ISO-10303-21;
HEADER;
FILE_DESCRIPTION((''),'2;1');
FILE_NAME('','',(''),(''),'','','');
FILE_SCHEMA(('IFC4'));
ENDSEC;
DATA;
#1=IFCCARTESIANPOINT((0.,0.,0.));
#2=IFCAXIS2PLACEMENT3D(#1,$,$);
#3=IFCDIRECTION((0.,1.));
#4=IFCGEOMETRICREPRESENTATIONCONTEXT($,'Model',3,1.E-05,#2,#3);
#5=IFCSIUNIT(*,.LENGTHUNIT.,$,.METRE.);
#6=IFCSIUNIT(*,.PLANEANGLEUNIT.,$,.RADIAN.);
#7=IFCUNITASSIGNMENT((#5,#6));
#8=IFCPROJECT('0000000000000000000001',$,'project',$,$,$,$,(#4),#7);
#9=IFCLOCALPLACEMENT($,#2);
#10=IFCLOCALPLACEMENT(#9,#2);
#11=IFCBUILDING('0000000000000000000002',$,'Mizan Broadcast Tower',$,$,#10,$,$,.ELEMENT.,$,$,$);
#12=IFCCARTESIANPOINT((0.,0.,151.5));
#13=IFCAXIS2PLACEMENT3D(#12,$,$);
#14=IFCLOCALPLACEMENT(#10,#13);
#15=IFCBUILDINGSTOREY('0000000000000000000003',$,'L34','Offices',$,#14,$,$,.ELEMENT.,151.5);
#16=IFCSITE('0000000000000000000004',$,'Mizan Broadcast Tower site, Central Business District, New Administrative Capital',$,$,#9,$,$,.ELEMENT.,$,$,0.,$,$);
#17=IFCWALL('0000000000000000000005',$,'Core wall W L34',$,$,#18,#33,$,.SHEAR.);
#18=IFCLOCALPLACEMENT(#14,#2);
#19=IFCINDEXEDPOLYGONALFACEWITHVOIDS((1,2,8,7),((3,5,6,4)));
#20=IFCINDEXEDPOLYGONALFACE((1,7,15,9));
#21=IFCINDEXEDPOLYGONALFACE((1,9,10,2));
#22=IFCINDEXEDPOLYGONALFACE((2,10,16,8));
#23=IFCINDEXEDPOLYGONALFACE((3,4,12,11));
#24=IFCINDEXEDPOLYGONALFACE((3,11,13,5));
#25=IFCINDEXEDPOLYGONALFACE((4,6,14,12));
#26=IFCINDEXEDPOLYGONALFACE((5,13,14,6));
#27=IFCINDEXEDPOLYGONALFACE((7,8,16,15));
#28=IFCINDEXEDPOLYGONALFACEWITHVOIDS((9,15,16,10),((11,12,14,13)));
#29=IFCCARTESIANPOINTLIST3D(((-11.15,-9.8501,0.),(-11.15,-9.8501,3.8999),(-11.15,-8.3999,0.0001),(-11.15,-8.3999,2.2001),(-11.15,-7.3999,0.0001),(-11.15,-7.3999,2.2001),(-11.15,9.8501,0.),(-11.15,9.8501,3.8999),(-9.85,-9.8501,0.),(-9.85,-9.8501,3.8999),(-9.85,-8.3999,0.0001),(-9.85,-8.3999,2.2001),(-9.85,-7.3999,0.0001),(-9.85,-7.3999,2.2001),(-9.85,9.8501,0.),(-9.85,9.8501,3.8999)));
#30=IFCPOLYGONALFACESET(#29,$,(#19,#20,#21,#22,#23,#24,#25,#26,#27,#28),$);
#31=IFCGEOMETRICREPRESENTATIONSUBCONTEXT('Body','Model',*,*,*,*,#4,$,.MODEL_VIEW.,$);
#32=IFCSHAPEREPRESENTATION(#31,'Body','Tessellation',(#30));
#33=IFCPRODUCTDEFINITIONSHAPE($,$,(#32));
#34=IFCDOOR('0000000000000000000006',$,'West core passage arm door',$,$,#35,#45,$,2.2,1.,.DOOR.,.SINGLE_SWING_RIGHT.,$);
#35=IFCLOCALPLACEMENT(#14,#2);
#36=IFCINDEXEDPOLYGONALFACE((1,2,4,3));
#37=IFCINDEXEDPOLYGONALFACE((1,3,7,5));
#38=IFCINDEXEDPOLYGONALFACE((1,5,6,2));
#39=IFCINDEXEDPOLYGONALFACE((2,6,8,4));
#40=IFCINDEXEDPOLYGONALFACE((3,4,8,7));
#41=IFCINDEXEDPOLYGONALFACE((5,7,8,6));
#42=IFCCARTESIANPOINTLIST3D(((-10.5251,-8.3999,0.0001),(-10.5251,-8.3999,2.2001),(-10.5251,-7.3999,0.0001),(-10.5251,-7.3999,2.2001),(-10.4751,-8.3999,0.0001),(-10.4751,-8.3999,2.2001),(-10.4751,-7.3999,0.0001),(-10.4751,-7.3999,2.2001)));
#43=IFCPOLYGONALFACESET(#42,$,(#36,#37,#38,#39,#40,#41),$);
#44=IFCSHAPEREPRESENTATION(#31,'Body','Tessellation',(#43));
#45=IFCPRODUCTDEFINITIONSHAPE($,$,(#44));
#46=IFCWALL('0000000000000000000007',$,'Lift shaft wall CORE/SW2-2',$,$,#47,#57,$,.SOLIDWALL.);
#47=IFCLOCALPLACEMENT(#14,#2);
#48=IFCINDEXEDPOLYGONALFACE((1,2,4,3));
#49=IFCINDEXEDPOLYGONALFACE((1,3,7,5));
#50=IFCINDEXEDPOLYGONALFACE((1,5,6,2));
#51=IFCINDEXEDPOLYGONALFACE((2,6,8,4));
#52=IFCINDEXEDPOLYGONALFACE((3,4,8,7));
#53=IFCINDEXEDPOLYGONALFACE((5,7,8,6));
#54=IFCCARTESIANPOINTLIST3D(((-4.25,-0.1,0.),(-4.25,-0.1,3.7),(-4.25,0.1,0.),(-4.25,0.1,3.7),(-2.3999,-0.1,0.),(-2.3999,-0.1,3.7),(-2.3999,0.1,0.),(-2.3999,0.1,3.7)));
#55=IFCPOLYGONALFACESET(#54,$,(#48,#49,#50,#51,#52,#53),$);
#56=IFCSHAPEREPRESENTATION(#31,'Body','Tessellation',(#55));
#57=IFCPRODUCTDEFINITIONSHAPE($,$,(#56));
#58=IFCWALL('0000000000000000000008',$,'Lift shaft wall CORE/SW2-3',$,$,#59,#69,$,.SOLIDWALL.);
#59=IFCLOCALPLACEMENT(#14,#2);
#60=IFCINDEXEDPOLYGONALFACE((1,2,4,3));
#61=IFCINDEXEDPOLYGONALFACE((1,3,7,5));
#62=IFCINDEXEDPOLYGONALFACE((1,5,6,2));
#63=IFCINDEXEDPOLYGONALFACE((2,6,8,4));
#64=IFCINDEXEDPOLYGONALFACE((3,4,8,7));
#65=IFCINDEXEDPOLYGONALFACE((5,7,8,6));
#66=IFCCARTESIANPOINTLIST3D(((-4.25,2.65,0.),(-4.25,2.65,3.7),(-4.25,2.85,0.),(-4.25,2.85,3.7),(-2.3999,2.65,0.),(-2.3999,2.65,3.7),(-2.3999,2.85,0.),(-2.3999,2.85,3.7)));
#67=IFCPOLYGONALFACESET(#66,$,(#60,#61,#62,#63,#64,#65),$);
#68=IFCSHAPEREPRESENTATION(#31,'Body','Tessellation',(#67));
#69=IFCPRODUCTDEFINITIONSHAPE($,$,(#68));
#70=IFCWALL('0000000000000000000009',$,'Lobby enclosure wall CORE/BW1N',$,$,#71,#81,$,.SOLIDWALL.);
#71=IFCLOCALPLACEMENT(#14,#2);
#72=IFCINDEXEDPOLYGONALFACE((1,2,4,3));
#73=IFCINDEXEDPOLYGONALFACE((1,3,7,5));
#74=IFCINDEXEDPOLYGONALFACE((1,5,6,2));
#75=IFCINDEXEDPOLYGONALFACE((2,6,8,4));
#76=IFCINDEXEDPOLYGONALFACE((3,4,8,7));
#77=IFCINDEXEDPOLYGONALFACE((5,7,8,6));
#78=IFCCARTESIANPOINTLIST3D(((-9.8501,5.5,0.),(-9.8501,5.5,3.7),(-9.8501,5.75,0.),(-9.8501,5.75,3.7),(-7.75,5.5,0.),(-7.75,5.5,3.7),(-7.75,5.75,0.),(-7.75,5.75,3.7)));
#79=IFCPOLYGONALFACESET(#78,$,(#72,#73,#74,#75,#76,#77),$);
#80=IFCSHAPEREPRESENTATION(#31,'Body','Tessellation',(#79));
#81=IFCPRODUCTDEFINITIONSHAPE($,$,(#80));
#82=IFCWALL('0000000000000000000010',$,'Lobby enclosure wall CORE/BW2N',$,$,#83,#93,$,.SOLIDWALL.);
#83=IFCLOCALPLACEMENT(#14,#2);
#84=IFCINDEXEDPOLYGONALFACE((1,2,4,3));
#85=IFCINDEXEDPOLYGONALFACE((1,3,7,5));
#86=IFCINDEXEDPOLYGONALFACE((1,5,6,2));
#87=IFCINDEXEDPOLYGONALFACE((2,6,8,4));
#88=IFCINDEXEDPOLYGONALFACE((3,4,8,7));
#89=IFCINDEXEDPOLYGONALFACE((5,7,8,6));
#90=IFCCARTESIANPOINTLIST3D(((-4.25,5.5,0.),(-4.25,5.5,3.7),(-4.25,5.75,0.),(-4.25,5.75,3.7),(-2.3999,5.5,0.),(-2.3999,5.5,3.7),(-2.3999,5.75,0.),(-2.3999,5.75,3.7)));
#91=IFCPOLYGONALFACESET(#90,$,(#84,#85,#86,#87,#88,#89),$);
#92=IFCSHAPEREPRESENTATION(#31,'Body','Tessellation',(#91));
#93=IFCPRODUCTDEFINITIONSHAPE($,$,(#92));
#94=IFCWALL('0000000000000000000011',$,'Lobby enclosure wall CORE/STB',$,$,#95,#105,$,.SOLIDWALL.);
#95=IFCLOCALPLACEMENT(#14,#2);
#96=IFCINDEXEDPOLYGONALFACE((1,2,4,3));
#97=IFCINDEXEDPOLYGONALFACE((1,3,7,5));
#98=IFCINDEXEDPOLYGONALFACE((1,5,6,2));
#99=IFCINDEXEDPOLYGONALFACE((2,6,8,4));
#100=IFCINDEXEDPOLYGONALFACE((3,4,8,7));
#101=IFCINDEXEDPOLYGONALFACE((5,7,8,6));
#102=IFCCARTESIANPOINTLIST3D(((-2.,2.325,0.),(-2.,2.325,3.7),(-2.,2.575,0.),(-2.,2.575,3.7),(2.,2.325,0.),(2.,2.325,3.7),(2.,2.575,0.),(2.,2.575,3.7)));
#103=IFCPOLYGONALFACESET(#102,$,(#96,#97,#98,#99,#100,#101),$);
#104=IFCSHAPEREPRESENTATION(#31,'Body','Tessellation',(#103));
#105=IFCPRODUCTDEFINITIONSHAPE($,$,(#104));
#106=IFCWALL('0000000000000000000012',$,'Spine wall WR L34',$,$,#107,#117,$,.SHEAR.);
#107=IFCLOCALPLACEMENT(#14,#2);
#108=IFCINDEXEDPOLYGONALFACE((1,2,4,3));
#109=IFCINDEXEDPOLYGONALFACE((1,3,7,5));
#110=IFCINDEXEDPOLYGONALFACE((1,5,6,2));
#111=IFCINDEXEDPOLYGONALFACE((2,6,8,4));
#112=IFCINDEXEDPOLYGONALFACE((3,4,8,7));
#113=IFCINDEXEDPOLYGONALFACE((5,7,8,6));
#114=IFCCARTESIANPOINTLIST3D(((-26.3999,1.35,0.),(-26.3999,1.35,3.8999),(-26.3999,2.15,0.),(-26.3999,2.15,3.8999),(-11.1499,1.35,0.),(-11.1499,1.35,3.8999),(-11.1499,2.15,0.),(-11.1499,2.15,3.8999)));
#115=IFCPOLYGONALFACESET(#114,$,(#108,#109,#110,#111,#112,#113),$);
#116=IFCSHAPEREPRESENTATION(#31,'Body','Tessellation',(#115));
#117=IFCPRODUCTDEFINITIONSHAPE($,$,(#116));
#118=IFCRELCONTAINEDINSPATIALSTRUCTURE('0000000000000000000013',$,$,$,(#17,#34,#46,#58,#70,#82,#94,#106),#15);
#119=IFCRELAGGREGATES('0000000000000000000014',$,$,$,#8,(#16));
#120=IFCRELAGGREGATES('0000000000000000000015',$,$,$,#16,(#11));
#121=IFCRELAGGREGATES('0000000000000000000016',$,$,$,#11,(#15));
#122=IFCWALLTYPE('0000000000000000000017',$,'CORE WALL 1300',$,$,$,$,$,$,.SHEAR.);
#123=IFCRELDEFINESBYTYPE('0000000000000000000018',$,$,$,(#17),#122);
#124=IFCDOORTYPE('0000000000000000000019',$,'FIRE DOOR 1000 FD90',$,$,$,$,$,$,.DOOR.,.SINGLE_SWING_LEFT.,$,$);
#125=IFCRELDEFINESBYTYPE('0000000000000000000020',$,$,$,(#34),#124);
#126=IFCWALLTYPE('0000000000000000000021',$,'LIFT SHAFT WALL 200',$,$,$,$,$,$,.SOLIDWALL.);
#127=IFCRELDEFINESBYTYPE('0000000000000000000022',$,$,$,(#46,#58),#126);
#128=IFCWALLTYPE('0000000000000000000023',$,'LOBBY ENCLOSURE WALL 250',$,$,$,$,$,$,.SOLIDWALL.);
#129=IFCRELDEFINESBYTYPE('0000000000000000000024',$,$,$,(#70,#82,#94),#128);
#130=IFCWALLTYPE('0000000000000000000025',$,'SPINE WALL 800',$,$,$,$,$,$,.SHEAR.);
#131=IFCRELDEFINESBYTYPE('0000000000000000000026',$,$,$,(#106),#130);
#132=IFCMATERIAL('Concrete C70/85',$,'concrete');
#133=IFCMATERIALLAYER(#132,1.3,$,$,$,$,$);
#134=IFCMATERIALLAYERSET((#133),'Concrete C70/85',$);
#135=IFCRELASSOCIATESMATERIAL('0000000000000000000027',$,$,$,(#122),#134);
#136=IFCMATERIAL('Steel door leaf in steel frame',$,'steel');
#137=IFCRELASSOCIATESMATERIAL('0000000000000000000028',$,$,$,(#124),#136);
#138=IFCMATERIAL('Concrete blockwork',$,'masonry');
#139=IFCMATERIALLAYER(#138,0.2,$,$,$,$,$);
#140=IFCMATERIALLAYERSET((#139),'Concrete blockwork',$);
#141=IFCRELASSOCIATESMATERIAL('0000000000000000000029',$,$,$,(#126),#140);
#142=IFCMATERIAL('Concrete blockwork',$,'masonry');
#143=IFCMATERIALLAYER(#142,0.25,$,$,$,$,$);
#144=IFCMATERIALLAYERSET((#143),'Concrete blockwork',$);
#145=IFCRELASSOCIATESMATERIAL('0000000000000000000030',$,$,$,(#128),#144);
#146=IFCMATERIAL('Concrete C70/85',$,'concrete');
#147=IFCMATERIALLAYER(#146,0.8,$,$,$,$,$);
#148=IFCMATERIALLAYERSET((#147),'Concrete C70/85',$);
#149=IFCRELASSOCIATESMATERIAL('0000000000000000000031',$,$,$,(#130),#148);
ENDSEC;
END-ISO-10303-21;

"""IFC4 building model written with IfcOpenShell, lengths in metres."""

from ifc_helpers import new_model, si_unit, direction, frame, frame_2d, origin, place, context, subcontext, project, spatial, rectangle, extrude, material, layer, layer_set, type_object, element, fill, save


model = new_model("IFC4")

# Units and contexts
model_context = context("Model", 3, precision=1e-05, world=origin(), true_north=direction((0.0, 1.0)))
body_context = subcontext(model_context, "Body", "Model", "MODEL_VIEW")
ifc_project = project(units=[si_unit("LENGTHUNIT", "METRE"), si_unit("PLANEANGLEUNIT", "RADIAN")], contexts=[model_context])

# Site, building, storey
site_placement = place(None, origin())
site = spatial("IfcSite", under=ifc_project, at=site_placement, Name="Mizan Broadcast Tower site, Central Business District, New Administrative Capital", CompositionType="ELEMENT", RefElevation=0.0)
building_placement = place(site_placement, origin())
building = spatial("IfcBuilding", under=site, at=building_placement, Name="Mizan Broadcast Tower", CompositionType="ELEMENT")
storey_placement = place(building_placement, frame((0.0, 0.0, 151.5)))
storey = spatial("IfcBuildingStorey", under=building, at=storey_placement, Name="L34", Description="Offices", CompositionType="ELEMENT", Elevation=151.5)

# Shared definitions
ifc_material_1 = material(Name="Concrete C70/85", Category="concrete")
ifc_layer_1 = layer(ifc_material_1, 1.3)
ifc_layer_set_1 = layer_set([ifc_layer_1], Name="Concrete C70/85")
wall_type_1 = type_object("IfcWallType", Name="CORE WALL 1300", PredefinedType="SHEAR", material=ifc_layer_set_1)

# Wall, opening, door
wall_1_placement = place(storey_placement, frame((-10.5, 9.8501, 0.0), z_axis=(0.0, 0.0, 1.0), x_axis=(0.0, -1.0, 0.0)))
wall_1 = element("IfcWall", 1, at=wall_1_placement, inside=storey, type_object=wall_type_1, Name="Core wall W L34", PredefinedType="SHEAR", context=body_context, shape_type="SweptSolid", body=[
    extrude(rectangle(XDim=19.7002, YDim=1.3, at=frame_2d((9.8501, 0.0))), origin(), (0.0, 0.0, 1.0), 3.8999),
])
opening_1_placement = place(wall_1_placement, frame((17.25, 0.0, 0.0)))
opening_1 = element("IfcOpeningElement", 2, at=opening_1_placement, cuts=wall_1, PredefinedType="OPENING", context=body_context, shape_type="SweptSolid", body=[
    extrude(rectangle(XDim=1.0, YDim=2.2, at=frame_2d((0.5, 1.1001))), frame((0.0, 0.6599, 0.0), z_axis=(0.0, -1.0, 0.0), x_axis=(1.0, 0.0, 0.0)), (0.0, 0.0, 1.0), 1.3201),
])
ifc_material_2 = material(Name="Steel door leaf in steel frame", Category="steel")
door_type_1 = type_object("IfcDoorType", Name="FIRE DOOR 1000 FD90", OperationType="SINGLE_SWING_LEFT", PredefinedType="DOOR", material=ifc_material_2)
door_1_placement = place(opening_1_placement, origin())
door_1 = element("IfcDoor", 3, at=door_1_placement, inside=storey, type_object=door_type_1, Name="West core passage arm door", OperationType="SINGLE_SWING_RIGHT", OverallHeight=2.2, OverallWidth=1.0, PredefinedType="DOOR", context=body_context, shape_type="SweptSolid", body=[
    extrude(rectangle(XDim=1.0, YDim=2.2, at=frame_2d((0.5, 1.1001))), frame((0.0, 0.0249, 0.0), z_axis=(0.0, -1.0, 0.0), x_axis=(1.0, 0.0, 0.0)), (0.0, 0.0, 1.0), 0.05),
])
fill(opening_1, door_1)

# Walls
ifc_material_3 = material(Name="Concrete blockwork", Category="masonry")
ifc_layer_2 = layer(ifc_material_3, 0.2)
ifc_layer_set_2 = layer_set([ifc_layer_2], Name="Concrete blockwork")
wall_type_2 = type_object("IfcWallType", Name="LIFT SHAFT WALL 200", PredefinedType="SOLIDWALL", material=ifc_layer_set_2)
for number, where, z_axis, x_axis, name in (
    (4, (-4.25, 0.0, 0.0), (0.0, 0.0, 1.0), (1.0, 0.0, 0.0), "Lift shaft wall CORE/SW2-2"),
    (5, (-4.25, 2.75, 0.0), (0.0, 0.0, 1.0), (1.0, 0.0, 0.0), "Lift shaft wall CORE/SW2-3"),
):
    element("IfcWall", number, at=place(storey_placement, frame(where, z_axis=z_axis, x_axis=x_axis)), inside=storey, type_object=wall_type_2, Name=name, PredefinedType="SOLIDWALL", context=body_context, shape_type="SweptSolid", body=[
        extrude(rectangle(XDim=1.8501, YDim=0.2, at=frame_2d((0.925, 0.0))), origin(), (0.0, 0.0, 1.0), 3.7),
    ])
ifc_material_4 = material(Name="Concrete blockwork", Category="masonry")
ifc_layer_3 = layer(ifc_material_4, 0.25)
ifc_layer_set_3 = layer_set([ifc_layer_3], Name="Concrete blockwork")
wall_type_3 = type_object("IfcWallType", Name="LOBBY ENCLOSURE WALL 250", PredefinedType="SOLIDWALL", material=ifc_layer_set_3)
wall_2_placement = place(storey_placement, frame((-9.8501, 5.625, 0.0), z_axis=(0.0, 0.0, 1.0), x_axis=(1.0, 0.0, 0.0)))
element("IfcWall", 6, at=wall_2_placement, inside=storey, type_object=wall_type_3, Name="Lobby enclosure wall CORE/BW1N", PredefinedType="SOLIDWALL", context=body_context, shape_type="SweptSolid", body=[
    extrude(rectangle(XDim=2.1001, YDim=0.25, at=frame_2d((1.05, 0.0))), origin(), (0.0, 0.0, 1.0), 3.7),
])
wall_3_placement = place(storey_placement, frame((-4.25, 5.625, 0.0), z_axis=(0.0, 0.0, 1.0), x_axis=(1.0, 0.0, 0.0)))
element("IfcWall", 7, at=wall_3_placement, inside=storey, type_object=wall_type_3, Name="Lobby enclosure wall CORE/BW2N", PredefinedType="SOLIDWALL", context=body_context, shape_type="SweptSolid", body=[
    extrude(rectangle(XDim=1.8501, YDim=0.25, at=frame_2d((0.925, 0.0))), origin(), (0.0, 0.0, 1.0), 3.7),
])
wall_4_placement = place(storey_placement, frame((-2.0, 2.45, 0.0), z_axis=(0.0, 0.0, 1.0), x_axis=(1.0, 0.0, 0.0)))
element("IfcWall", 8, at=wall_4_placement, inside=storey, type_object=wall_type_3, Name="Lobby enclosure wall CORE/STB", PredefinedType="SOLIDWALL", context=body_context, shape_type="SweptSolid", body=[
    extrude(rectangle(XDim=4.0, YDim=0.25, at=frame_2d((2.0, 0.0))), origin(), (0.0, 0.0, 1.0), 3.7),
])
ifc_material_5 = material(Name="Concrete C70/85", Category="concrete")
ifc_layer_4 = layer(ifc_material_5, 0.8)
ifc_layer_set_4 = layer_set([ifc_layer_4], Name="Concrete C70/85")
wall_type_4 = type_object("IfcWallType", Name="SPINE WALL 800", PredefinedType="SHEAR", material=ifc_layer_set_4)
wall_5_placement = place(storey_placement, frame((-11.1499, 1.75, 0.0), z_axis=(0.0, 0.0, 1.0), x_axis=(-1.0, 0.0, 0.0)))
element("IfcWall", 9, at=wall_5_placement, inside=storey, type_object=wall_type_4, Name="Spine wall WR L34", PredefinedType="SHEAR", context=body_context, shape_type="SweptSolid", body=[
    extrude(rectangle(XDim=15.25, YDim=0.8, at=frame_2d((7.625, 0.0))), origin(), (0.0, 0.0, 1.0), 3.8999),
])

save(model, "model.ifc")
